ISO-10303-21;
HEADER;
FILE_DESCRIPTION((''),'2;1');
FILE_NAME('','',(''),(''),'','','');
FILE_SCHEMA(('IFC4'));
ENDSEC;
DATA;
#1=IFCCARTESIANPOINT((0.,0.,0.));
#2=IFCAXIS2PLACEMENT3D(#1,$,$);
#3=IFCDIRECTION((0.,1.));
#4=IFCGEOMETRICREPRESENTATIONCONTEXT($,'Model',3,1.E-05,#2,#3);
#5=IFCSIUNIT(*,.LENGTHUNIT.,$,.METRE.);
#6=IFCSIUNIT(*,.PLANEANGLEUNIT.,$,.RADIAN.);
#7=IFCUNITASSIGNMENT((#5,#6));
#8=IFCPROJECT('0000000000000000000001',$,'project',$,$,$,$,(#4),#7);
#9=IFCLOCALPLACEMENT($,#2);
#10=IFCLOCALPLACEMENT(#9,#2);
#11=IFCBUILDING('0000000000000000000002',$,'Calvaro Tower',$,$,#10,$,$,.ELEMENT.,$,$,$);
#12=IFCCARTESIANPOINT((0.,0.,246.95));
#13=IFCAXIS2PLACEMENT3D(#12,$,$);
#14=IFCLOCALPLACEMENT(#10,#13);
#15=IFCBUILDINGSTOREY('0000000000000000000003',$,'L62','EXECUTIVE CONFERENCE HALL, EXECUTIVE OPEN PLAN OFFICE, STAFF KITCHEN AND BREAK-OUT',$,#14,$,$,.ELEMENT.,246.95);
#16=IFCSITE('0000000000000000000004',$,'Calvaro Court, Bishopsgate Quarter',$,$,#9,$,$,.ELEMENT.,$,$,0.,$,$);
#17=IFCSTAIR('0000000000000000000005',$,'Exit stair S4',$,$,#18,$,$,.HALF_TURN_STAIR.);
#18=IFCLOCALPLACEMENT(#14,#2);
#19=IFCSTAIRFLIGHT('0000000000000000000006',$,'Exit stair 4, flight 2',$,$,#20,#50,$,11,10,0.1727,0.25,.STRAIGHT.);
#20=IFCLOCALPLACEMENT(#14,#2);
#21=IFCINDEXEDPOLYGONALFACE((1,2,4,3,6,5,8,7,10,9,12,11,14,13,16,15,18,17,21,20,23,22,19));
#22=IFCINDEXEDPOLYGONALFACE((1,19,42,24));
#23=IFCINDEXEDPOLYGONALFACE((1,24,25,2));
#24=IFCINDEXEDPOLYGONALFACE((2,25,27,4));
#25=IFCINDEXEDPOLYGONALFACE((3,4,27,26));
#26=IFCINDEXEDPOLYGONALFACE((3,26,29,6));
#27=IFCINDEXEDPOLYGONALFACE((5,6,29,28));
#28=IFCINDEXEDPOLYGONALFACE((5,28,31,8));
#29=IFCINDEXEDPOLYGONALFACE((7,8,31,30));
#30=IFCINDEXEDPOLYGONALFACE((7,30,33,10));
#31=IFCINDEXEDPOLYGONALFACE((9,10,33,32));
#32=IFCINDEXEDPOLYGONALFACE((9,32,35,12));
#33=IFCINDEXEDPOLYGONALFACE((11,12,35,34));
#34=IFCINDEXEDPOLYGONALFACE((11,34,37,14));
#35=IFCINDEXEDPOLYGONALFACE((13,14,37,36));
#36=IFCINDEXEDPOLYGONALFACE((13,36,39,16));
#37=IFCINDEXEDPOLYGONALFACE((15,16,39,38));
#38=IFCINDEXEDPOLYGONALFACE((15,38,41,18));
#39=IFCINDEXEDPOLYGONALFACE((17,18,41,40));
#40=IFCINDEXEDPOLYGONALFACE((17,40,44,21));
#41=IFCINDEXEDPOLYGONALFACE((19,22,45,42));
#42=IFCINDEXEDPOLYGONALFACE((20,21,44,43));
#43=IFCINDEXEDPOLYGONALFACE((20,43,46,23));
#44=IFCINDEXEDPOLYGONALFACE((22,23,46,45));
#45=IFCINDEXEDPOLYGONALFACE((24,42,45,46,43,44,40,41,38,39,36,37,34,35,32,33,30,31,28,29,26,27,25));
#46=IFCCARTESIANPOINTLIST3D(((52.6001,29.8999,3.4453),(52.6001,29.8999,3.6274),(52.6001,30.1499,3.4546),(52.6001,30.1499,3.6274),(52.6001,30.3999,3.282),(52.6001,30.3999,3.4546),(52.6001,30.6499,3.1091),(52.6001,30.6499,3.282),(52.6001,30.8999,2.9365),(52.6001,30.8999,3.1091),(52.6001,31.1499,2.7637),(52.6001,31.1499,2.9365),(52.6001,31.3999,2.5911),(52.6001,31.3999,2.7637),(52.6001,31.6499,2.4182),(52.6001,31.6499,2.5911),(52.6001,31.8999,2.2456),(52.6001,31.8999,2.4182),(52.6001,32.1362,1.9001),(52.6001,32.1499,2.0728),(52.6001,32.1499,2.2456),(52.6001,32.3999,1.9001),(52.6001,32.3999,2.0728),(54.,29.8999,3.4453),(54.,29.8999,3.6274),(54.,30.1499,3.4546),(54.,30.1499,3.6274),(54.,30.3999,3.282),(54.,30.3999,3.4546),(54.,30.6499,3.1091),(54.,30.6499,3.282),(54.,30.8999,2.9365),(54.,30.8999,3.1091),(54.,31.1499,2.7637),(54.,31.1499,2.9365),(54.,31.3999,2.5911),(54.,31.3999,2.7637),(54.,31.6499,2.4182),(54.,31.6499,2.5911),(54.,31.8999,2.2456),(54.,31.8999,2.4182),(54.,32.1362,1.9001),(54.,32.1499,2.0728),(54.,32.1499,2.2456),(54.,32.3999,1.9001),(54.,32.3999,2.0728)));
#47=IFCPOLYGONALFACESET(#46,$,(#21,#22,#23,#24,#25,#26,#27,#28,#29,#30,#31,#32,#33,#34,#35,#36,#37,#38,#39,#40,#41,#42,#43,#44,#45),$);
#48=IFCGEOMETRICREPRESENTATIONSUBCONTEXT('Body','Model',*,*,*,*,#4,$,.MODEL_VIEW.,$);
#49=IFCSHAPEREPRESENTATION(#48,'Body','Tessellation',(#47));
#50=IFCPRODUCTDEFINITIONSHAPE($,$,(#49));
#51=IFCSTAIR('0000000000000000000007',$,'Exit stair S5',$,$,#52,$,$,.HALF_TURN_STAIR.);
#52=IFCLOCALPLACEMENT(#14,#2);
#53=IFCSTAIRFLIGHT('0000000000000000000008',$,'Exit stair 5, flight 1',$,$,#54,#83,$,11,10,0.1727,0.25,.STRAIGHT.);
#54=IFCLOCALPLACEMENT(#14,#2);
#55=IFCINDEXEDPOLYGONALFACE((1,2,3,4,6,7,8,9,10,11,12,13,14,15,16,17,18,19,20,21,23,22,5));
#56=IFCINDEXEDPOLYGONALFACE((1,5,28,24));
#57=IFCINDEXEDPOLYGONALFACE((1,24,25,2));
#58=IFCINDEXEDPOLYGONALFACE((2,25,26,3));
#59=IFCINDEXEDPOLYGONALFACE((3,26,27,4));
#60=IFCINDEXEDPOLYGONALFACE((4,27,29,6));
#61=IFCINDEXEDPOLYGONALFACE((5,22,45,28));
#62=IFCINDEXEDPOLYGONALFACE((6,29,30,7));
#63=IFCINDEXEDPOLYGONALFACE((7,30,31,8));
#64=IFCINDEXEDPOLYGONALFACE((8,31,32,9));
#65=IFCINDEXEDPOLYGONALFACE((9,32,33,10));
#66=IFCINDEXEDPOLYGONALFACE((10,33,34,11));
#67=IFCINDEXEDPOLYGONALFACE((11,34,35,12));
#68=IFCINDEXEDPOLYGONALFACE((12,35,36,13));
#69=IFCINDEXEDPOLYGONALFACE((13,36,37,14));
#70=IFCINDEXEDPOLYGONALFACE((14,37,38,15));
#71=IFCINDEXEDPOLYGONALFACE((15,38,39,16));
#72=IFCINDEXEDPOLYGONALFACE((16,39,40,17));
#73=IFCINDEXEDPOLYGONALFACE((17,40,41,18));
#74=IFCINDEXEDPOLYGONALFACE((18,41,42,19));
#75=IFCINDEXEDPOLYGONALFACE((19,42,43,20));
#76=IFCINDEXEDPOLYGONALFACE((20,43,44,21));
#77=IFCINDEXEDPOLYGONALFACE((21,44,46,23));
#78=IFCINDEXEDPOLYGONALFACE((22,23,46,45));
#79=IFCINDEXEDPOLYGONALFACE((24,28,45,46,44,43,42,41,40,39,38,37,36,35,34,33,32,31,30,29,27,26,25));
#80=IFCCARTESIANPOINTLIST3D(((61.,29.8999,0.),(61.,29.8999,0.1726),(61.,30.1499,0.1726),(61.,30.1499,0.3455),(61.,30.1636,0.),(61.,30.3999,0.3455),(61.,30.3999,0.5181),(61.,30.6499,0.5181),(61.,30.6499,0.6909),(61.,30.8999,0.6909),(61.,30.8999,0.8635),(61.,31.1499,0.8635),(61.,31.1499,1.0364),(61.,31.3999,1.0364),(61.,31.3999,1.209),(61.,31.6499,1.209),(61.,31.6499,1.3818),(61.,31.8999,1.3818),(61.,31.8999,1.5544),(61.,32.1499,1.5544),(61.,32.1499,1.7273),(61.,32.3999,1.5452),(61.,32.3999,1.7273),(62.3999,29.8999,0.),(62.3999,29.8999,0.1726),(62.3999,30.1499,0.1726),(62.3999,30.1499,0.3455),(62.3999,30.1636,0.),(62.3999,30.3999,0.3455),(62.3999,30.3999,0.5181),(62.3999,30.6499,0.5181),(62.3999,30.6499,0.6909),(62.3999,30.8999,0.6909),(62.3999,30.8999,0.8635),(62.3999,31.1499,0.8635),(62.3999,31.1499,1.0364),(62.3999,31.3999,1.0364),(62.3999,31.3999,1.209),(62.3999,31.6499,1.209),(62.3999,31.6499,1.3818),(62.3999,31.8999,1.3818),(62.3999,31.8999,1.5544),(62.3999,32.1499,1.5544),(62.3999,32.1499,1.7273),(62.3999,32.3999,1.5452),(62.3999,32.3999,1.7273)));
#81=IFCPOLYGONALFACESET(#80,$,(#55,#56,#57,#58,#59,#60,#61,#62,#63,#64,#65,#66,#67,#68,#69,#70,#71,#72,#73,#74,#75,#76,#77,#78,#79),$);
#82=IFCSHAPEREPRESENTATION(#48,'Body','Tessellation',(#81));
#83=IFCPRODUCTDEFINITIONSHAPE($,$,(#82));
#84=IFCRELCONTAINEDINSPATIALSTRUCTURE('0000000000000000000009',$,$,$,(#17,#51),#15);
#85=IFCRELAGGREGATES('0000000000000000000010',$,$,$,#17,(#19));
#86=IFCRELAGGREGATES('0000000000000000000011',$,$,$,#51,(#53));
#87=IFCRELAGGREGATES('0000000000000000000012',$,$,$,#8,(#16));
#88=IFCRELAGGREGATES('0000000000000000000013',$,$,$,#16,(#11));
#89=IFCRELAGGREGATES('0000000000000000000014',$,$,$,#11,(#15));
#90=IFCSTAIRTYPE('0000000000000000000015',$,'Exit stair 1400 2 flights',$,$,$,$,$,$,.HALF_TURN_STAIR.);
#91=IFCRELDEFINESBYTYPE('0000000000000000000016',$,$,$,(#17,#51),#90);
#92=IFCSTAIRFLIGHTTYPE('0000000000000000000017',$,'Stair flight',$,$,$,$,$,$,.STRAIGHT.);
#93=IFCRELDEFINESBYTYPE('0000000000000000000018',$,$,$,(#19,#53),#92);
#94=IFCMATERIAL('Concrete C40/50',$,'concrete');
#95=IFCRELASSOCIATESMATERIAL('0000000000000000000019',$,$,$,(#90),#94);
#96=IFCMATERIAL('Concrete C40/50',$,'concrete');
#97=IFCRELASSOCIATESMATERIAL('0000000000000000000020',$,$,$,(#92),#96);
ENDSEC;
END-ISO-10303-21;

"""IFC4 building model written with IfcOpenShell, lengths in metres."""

from ifc_helpers import new_model, si_unit, direction, frame, origin, place, context, subcontext, project, spatial, polyline, outline, extrude, material, type_object, element, aggregate, save


model = new_model("IFC4")

# Units and contexts
model_context = context("Model", 3, precision=1e-05, world=origin(), true_north=direction((0.0, 1.0)))
body_context = subcontext(model_context, "Body", "Model", "MODEL_VIEW")
ifc_project = project(units=[si_unit("LENGTHUNIT", "METRE"), si_unit("PLANEANGLEUNIT", "RADIAN")], contexts=[model_context])

# Site, building, storey
site_placement = place(None, origin())
site = spatial("IfcSite", under=ifc_project, at=site_placement, Name="Calvaro Court, Bishopsgate Quarter", CompositionType="ELEMENT", RefElevation=0.0)
building_placement = place(site_placement, origin())
building = spatial("IfcBuilding", under=site, at=building_placement, Name="Calvaro Tower", CompositionType="ELEMENT")
storey_placement = place(building_placement, frame((0.0, 0.0, 246.95)))
storey = spatial("IfcBuildingStorey", under=building, at=storey_placement, Name="L62", Description="EXECUTIVE CONFERENCE HALL, EXECUTIVE OPEN PLAN OFFICE, STAFF KITCHEN AND BREAK-OUT", CompositionType="ELEMENT", Elevation=246.95)

# Stair, stair flight
ifc_material_1 = material(Name="Concrete C40/50", Category="concrete")
stair_type = type_object("IfcStairType", Name="Exit stair 1400 2 flights", PredefinedType="HALF_TURN_STAIR", material=ifc_material_1)
ifc_material_2 = material(Name="Concrete C40/50", Category="concrete")
stair_flight_type = type_object("IfcStairFlightType", Name="Stair flight", PredefinedType="STRAIGHT", material=ifc_material_2)
stair_1_placement = place(storey_placement, origin())
stair_1 = element("IfcStair", 1, at=stair_1_placement, inside=storey, type_object=stair_type, Name="Exit stair S4", PredefinedType="HALF_TURN_STAIR")
stair_flight_1_placement = place(storey_placement, frame((53.3, 32.3999, 1.9001), z_axis=(0.0, 0.0, 1.0), x_axis=(0.0, -1.0, 0.0)))
stair_flight_1 = element("IfcStairFlight", 2, at=stair_flight_1_placement, type_object=stair_flight_type, Name="Exit stair 4, flight 2", NumberOfRisers=11, NumberOfTreads=10, PredefinedType="STRAIGHT", RiserHeight=0.1727, TreadLength=0.25, context=body_context, shape_type="SweptSolid", body=[
    extrude(outline(polyline([(0.0, 0.0), (0.0, 0.1726), (0.25, 0.1726), (0.25, 0.3455), (0.5, 0.3455), (0.5, 0.5181), (0.75, 0.5181), (0.75, 0.6909), (1.0, 0.6909), (1.0, 0.8635), (1.25, 0.8635), (1.25, 1.0364), (1.5, 1.0364), (1.5, 1.209), (1.75, 1.209), (1.75, 1.3818), (2.0, 1.3818), (2.0, 1.5544), (2.25, 1.5544), (2.25, 1.7273), (2.5, 1.7273), (2.5, 1.8999), (2.5, 1.5452), (0.2637, 0.0), (0.0, 0.0)])), frame((0.0, 0.7, 0.0), z_axis=(0.0, -1.0, 0.0), x_axis=(1.0, 0.0, 0.0)), (0.0, 0.0, 1.0), 1.3999),
])

# Stair, stair flight
stair_2_placement = place(storey_placement, origin())
stair_2 = element("IfcStair", 3, at=stair_2_placement, inside=storey, type_object=stair_type, Name="Exit stair S5", PredefinedType="HALF_TURN_STAIR")
stair_flight_2_placement = place(storey_placement, frame((61.7, 29.8999, 0.0), z_axis=(0.0, 0.0, 1.0), x_axis=(0.0, 1.0, 0.0)))
stair_flight_2 = element("IfcStairFlight", 4, at=stair_flight_2_placement, type_object=stair_flight_type, Name="Exit stair 5, flight 1", NumberOfRisers=11, NumberOfTreads=10, PredefinedType="STRAIGHT", RiserHeight=0.1727, TreadLength=0.25, context=body_context, shape_type="SweptSolid", body=[
    extrude(outline(polyline([(0.0, 0.0), (0.0, 0.1726), (0.25, 0.1726), (0.25, 0.3455), (0.5, 0.3455), (0.5, 0.5181), (0.75, 0.5181), (0.75, 0.6909), (1.0, 0.6909), (1.0, 0.8635), (1.25, 0.8635), (1.25, 1.0364), (1.5, 1.0364), (1.5, 1.209), (1.75, 1.209), (1.75, 1.3818), (2.0, 1.3818), (2.0, 1.5544), (2.25, 1.5544), (2.25, 1.7273), (2.5, 1.7273), (2.5, 1.8999), (2.5, 1.5452), (0.2637, 0.0), (0.0, 0.0)])), frame((0.0, 0.7, 0.0), z_axis=(0.0, -1.0, 0.0), x_axis=(1.0, 0.0, 0.0)), (0.0, 0.0, 1.0), 1.3999),
])

aggregate(stair_1, [stair_flight_1])
aggregate(stair_2, [stair_flight_2])

save(model, "model.ifc")
